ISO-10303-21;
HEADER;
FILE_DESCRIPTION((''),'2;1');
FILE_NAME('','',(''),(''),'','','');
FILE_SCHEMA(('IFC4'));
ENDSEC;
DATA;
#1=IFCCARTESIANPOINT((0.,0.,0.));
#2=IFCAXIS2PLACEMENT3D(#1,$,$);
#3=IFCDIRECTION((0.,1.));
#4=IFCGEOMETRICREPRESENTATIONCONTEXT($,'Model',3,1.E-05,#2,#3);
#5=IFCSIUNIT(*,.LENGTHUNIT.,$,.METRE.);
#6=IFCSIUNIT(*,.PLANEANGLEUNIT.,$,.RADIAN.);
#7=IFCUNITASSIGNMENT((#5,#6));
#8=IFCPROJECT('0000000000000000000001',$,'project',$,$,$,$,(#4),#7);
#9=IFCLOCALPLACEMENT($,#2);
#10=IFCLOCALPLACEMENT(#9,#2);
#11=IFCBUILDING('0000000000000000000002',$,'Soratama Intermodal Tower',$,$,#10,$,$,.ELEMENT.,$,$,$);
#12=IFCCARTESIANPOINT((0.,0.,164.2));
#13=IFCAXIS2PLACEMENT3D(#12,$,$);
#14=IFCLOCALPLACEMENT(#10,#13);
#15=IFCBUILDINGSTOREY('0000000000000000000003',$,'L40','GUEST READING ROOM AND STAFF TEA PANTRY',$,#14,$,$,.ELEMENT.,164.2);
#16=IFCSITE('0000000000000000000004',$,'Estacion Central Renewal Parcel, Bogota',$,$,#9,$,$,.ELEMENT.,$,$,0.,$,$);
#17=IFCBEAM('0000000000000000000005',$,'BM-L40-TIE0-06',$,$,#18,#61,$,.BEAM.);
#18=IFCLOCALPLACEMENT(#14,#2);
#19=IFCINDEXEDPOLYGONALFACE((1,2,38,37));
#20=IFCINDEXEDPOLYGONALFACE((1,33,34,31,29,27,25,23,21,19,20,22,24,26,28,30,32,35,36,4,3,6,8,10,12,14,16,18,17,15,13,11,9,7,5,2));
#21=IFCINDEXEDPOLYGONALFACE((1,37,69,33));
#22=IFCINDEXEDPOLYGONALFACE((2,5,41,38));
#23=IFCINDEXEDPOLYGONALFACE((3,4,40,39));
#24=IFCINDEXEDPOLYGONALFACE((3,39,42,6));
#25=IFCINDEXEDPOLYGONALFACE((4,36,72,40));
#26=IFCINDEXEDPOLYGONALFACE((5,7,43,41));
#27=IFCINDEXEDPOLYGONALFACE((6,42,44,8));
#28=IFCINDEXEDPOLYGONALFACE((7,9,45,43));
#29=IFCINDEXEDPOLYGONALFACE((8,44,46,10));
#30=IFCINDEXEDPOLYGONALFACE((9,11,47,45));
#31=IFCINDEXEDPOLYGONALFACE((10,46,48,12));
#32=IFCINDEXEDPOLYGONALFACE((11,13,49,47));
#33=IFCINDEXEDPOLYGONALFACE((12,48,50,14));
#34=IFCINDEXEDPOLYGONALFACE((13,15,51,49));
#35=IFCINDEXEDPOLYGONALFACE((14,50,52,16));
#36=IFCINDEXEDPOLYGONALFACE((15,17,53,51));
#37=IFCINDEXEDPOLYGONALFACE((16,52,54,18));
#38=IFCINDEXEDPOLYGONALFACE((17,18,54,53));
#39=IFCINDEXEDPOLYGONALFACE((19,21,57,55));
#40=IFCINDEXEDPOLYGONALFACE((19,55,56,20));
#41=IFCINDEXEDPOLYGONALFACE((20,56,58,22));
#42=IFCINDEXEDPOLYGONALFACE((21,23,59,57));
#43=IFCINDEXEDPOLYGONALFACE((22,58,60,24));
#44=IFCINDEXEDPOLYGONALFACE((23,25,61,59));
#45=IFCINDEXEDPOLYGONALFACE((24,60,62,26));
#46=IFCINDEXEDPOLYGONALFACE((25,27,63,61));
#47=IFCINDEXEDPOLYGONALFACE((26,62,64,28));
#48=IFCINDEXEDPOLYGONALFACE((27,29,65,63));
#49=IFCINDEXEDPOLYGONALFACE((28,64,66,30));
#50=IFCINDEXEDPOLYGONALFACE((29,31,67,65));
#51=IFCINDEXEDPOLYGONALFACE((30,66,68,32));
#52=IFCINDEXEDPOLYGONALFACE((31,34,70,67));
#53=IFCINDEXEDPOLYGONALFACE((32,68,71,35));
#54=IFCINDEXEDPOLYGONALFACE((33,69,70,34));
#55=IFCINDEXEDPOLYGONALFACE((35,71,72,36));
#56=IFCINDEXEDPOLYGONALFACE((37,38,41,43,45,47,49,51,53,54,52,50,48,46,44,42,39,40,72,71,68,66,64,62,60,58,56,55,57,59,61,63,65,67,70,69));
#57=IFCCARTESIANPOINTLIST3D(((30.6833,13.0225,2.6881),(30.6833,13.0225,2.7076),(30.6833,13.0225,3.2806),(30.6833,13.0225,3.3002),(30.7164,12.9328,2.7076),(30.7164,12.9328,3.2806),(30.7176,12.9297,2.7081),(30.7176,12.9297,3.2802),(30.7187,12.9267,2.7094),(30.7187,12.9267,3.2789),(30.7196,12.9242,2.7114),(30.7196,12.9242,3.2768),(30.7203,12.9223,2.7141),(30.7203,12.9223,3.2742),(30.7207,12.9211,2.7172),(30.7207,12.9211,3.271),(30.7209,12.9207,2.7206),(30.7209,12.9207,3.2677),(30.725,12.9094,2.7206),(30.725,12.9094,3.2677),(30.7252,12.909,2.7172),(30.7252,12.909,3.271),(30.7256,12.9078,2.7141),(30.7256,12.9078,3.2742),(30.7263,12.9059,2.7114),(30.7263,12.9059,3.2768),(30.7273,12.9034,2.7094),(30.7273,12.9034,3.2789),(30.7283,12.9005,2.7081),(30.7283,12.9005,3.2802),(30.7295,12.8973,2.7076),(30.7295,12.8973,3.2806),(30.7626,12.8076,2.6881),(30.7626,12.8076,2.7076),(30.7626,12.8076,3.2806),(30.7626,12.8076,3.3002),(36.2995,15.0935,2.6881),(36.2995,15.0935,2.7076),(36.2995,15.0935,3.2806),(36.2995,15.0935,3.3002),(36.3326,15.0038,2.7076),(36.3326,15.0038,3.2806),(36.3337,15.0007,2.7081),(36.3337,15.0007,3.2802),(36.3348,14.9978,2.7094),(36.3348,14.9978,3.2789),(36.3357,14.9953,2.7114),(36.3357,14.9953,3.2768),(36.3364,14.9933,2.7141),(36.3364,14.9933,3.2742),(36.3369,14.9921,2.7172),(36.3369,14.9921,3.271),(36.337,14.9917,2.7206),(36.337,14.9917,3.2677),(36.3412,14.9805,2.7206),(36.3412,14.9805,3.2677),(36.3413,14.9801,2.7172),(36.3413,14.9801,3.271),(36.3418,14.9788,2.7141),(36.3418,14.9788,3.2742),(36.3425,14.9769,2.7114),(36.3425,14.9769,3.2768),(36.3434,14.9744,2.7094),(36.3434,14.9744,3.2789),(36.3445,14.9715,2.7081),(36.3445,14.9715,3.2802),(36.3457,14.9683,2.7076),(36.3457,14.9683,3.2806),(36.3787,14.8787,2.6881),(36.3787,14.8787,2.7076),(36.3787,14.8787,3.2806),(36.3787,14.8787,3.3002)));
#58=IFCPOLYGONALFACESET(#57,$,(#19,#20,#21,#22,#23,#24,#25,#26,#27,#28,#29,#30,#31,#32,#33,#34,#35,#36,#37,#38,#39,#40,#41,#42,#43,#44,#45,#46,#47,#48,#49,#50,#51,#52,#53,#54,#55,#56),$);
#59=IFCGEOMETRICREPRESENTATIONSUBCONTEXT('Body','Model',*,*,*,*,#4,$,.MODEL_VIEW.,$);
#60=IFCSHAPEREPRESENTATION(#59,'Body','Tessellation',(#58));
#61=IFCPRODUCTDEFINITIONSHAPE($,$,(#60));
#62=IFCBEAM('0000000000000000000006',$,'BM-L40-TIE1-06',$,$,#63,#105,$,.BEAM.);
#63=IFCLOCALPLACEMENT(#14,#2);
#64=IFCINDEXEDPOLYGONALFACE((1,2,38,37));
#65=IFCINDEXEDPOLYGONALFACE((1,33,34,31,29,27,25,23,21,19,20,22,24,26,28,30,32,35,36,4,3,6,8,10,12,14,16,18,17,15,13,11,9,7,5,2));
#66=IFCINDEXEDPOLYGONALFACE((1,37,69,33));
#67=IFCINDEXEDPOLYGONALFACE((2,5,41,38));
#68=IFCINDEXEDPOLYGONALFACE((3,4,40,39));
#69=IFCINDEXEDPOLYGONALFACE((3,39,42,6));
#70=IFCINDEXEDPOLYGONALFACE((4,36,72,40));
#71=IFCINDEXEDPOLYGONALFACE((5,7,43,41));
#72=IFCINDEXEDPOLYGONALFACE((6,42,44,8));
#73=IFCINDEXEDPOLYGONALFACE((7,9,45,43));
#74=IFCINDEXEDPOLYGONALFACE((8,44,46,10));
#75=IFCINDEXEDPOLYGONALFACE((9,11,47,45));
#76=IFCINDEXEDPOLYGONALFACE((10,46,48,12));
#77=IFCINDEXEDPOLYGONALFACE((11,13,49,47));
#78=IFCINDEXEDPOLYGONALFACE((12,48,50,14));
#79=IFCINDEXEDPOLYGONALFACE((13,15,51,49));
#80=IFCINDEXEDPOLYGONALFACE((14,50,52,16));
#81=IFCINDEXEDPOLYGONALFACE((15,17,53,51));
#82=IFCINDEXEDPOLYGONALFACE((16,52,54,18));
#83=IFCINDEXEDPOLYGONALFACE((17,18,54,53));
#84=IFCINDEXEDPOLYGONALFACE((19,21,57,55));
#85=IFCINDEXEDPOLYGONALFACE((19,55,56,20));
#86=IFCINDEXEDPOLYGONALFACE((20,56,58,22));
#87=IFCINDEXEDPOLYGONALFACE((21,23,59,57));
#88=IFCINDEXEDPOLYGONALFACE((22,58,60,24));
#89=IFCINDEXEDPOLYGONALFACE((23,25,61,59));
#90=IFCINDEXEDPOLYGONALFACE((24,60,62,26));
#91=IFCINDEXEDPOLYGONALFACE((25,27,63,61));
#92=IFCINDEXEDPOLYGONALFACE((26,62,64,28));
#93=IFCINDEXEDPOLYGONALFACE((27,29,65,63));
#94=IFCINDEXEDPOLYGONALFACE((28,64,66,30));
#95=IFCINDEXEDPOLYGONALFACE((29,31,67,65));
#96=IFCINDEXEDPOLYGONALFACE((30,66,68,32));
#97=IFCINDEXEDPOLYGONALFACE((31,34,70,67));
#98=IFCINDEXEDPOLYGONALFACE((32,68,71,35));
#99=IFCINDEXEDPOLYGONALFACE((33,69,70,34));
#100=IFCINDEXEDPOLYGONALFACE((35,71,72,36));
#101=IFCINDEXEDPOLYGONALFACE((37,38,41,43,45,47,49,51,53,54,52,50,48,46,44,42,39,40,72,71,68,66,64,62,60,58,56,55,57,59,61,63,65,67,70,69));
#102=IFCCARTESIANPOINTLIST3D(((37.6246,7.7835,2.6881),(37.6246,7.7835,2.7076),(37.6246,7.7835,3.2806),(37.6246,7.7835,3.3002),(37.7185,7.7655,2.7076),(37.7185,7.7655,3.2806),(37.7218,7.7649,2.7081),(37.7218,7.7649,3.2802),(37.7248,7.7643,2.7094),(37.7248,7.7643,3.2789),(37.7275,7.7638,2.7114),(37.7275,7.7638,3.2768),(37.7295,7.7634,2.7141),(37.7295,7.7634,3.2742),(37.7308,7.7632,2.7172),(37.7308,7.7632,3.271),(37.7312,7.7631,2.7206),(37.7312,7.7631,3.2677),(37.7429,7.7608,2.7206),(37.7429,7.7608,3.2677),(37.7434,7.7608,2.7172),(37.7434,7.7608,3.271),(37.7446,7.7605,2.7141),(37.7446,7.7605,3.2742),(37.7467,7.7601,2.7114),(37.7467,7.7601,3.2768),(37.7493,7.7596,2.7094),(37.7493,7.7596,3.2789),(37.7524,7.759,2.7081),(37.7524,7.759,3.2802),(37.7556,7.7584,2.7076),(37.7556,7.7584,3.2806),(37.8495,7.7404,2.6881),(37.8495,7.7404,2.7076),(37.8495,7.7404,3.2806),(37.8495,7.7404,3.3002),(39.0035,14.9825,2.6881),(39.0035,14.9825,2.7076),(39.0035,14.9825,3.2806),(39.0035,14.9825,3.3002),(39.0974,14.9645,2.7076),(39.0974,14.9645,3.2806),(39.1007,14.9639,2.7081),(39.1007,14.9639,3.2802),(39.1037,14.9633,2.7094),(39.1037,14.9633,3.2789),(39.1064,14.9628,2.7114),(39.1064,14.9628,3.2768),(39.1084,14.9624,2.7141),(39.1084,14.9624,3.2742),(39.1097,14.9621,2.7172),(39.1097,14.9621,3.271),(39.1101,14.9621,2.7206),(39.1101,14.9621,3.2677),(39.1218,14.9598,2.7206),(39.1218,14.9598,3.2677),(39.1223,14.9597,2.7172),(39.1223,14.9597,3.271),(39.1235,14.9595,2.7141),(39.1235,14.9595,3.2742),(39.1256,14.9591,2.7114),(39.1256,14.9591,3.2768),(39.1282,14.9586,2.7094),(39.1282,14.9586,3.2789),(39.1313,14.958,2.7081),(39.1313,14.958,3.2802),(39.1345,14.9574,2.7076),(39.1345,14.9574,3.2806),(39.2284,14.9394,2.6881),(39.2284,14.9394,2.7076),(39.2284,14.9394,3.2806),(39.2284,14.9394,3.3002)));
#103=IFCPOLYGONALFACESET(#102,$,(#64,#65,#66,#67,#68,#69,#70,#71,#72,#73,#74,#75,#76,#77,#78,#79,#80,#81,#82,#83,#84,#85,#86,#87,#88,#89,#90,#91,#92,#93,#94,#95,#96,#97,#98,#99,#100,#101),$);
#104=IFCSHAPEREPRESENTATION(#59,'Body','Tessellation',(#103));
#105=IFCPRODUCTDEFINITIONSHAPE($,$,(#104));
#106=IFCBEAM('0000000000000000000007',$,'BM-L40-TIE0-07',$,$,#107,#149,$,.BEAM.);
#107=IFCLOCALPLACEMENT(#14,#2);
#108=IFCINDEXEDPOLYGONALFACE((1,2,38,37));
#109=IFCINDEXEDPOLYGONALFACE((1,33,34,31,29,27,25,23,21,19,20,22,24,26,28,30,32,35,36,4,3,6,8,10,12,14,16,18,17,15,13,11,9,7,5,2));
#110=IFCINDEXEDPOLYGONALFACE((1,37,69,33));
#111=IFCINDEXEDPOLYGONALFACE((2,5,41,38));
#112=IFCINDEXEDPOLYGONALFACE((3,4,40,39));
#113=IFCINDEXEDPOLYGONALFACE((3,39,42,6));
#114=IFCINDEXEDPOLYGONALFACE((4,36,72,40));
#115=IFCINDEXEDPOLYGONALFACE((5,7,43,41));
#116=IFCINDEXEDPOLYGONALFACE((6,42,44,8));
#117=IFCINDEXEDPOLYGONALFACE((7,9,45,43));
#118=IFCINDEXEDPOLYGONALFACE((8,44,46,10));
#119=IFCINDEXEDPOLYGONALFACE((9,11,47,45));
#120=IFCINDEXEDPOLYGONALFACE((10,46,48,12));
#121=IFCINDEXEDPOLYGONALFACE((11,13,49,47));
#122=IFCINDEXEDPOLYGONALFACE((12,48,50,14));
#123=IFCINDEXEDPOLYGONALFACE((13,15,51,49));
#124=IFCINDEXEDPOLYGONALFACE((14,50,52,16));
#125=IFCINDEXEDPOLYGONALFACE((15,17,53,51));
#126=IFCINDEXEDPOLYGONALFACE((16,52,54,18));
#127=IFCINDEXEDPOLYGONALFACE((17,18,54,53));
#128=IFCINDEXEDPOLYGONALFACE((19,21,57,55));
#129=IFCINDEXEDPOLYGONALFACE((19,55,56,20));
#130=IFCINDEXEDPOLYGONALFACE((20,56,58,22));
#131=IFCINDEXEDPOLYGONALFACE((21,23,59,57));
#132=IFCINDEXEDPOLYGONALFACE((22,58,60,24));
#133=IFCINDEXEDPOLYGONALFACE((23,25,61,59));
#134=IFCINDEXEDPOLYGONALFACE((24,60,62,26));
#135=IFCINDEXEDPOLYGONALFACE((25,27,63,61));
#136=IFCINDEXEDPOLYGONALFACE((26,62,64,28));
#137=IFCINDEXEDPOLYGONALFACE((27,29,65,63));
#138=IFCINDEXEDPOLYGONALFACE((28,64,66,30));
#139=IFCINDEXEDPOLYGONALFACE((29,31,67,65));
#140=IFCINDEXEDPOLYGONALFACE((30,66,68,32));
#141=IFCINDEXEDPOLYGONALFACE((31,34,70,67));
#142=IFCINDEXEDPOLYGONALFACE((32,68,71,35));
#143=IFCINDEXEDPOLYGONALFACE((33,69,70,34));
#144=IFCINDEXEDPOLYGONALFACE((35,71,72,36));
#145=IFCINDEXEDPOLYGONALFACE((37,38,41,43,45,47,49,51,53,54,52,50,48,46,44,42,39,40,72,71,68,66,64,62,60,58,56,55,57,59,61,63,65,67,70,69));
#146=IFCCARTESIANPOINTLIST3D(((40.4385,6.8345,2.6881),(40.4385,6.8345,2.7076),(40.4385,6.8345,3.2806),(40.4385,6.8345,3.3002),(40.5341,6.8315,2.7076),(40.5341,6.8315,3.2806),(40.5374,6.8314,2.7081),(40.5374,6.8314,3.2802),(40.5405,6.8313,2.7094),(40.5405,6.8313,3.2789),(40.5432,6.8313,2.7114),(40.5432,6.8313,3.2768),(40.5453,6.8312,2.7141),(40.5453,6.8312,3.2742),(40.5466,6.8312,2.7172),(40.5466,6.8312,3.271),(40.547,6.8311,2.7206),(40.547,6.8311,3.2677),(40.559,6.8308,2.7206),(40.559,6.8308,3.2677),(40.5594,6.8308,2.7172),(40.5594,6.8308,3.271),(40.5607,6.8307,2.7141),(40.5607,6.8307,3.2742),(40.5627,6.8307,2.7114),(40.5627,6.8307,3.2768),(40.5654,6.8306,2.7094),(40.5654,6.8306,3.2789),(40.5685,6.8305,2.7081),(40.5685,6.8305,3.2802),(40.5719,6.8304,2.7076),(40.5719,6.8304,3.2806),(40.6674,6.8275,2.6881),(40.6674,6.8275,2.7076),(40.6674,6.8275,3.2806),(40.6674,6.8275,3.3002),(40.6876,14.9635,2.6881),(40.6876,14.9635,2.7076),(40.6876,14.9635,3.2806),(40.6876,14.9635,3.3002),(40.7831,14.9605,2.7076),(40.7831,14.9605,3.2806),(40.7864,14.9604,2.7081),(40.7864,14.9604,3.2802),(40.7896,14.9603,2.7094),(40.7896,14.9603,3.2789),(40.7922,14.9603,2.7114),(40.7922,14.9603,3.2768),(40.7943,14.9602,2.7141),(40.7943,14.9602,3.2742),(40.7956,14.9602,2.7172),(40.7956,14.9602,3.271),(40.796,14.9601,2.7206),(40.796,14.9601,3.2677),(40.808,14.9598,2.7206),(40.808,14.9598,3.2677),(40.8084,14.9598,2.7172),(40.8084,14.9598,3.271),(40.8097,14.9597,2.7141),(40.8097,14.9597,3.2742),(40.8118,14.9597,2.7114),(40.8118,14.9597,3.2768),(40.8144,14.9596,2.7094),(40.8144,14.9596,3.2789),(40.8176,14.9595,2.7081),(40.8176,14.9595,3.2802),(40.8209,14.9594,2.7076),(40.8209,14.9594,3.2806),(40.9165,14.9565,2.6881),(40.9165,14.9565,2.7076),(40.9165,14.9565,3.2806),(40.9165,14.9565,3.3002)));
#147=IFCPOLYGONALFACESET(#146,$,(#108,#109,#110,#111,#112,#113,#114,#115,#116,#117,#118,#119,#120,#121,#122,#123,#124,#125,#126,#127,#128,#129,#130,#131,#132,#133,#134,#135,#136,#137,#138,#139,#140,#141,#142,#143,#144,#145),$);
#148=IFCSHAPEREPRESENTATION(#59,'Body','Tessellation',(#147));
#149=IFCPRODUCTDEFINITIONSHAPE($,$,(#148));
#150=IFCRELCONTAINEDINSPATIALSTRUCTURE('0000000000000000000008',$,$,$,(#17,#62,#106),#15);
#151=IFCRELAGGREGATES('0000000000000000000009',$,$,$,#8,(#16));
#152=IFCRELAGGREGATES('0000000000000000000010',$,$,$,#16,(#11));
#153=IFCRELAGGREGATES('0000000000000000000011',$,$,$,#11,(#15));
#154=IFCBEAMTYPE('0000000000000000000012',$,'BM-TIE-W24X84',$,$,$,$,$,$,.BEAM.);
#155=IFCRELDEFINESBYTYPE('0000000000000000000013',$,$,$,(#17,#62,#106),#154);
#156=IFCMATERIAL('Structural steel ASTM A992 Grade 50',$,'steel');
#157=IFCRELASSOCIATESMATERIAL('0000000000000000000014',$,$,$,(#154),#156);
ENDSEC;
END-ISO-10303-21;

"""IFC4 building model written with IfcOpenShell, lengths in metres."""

from ifc_helpers import new_model, si_unit, direction, frame, origin, origin_2d, place, context, subcontext, project, spatial, i_section, extrude, material, material_profile, profile_set, type_object, element, save


model = new_model("IFC4")

# Units and contexts
model_context = context("Model", 3, precision=1e-05, world=origin(), true_north=direction((0.0, 1.0)))
body_context = subcontext(model_context, "Body", "Model", "MODEL_VIEW")
ifc_project = project(units=[si_unit("LENGTHUNIT", "METRE"), si_unit("PLANEANGLEUNIT", "RADIAN")], contexts=[model_context])

# Site, building, storey
site_placement = place(None, origin())
site = spatial("IfcSite", under=ifc_project, at=site_placement, Name="Estacion Central Renewal Parcel, Bogota", CompositionType="ELEMENT", RefElevation=0.0)
building_placement = place(site_placement, origin())
building = spatial("IfcBuilding", under=site, at=building_placement, Name="Soratama Intermodal Tower", CompositionType="ELEMENT")
storey_placement = place(building_placement, frame((0.0, 0.0, 164.2)))
storey = spatial("IfcBuildingStorey", under=building, at=storey_placement, Name="L40", Description="GUEST READING ROOM AND STAFF TEA PANTRY", CompositionType="ELEMENT", Elevation=164.2)

# Beams
ifc_material_1 = material(Name="Structural steel ASTM A992 Grade 50", Category="steel")
ifc_material_profile_1 = material_profile(ifc_material_1, i_section(OverallWidth=0.229, OverallDepth=0.6121, WebThickness=0.012, FlangeThickness=0.0195, FilletRadius=0.0129, at=origin_2d()), Name="W24X84")
ifc_profile_set_1 = profile_set([ifc_material_profile_1], Name="Structural steel ASTM A992 Grade 50")
beam_type_1 = type_object("IfcBeamType", Name="BM-TIE-W24X84", PredefinedType="BEAM", material=ifc_profile_set_1)
beam_1_placement = place(storey_placement, frame((36.3391, 14.9861, 2.9941), z_axis=(-0.938239, -0.345987, 0.0), x_axis=(0.345987, -0.938239, 0.0)))
element("IfcBeam", 1, at=beam_1_placement, inside=storey, type_object=beam_type_1, Name="BM-L40-TIE0-06", PredefinedType="BEAM", context=body_context, shape_type="SweptSolid", body=[
    extrude(i_section(OverallWidth=0.229, OverallDepth=0.6121, WebThickness=0.012, FlangeThickness=0.0195, FilletRadius=0.0129, at=origin_2d()), origin(), (0.0, 0.0, 1.0), 5.9858),
])
beam_2_placement = place(storey_placement, frame((39.116, 14.9609, 2.9941), z_axis=(-0.188122, -0.982146, 0.0), x_axis=(0.982146, -0.188122, 0.0)))
element("IfcBeam", 2, at=beam_2_placement, inside=storey, type_object=beam_type_1, Name="BM-L40-TIE1-06", PredefinedType="BEAM", context=body_context, shape_type="SweptSolid", body=[
    extrude(i_section(OverallWidth=0.229, OverallDepth=0.6121, WebThickness=0.012, FlangeThickness=0.0195, FilletRadius=0.0129, at=origin_2d()), origin(), (0.0, 0.0, 1.0), 7.3298),
])
beam_3_placement = place(storey_placement, frame((40.802, 14.96, 2.9941), z_axis=(-0.03062, -0.999531, 0.0), x_axis=(0.999531, -0.03062, 0.0)))
element("IfcBeam", 3, at=beam_3_placement, inside=storey, type_object=beam_type_1, Name="BM-L40-TIE0-07", PredefinedType="BEAM", context=body_context, shape_type="SweptSolid", body=[
    extrude(i_section(OverallWidth=0.229, OverallDepth=0.6121, WebThickness=0.012, FlangeThickness=0.0195, FilletRadius=0.0129, at=origin_2d()), origin(), (0.0, 0.0, 1.0), 8.1328),
])

save(model, "model.ifc")
